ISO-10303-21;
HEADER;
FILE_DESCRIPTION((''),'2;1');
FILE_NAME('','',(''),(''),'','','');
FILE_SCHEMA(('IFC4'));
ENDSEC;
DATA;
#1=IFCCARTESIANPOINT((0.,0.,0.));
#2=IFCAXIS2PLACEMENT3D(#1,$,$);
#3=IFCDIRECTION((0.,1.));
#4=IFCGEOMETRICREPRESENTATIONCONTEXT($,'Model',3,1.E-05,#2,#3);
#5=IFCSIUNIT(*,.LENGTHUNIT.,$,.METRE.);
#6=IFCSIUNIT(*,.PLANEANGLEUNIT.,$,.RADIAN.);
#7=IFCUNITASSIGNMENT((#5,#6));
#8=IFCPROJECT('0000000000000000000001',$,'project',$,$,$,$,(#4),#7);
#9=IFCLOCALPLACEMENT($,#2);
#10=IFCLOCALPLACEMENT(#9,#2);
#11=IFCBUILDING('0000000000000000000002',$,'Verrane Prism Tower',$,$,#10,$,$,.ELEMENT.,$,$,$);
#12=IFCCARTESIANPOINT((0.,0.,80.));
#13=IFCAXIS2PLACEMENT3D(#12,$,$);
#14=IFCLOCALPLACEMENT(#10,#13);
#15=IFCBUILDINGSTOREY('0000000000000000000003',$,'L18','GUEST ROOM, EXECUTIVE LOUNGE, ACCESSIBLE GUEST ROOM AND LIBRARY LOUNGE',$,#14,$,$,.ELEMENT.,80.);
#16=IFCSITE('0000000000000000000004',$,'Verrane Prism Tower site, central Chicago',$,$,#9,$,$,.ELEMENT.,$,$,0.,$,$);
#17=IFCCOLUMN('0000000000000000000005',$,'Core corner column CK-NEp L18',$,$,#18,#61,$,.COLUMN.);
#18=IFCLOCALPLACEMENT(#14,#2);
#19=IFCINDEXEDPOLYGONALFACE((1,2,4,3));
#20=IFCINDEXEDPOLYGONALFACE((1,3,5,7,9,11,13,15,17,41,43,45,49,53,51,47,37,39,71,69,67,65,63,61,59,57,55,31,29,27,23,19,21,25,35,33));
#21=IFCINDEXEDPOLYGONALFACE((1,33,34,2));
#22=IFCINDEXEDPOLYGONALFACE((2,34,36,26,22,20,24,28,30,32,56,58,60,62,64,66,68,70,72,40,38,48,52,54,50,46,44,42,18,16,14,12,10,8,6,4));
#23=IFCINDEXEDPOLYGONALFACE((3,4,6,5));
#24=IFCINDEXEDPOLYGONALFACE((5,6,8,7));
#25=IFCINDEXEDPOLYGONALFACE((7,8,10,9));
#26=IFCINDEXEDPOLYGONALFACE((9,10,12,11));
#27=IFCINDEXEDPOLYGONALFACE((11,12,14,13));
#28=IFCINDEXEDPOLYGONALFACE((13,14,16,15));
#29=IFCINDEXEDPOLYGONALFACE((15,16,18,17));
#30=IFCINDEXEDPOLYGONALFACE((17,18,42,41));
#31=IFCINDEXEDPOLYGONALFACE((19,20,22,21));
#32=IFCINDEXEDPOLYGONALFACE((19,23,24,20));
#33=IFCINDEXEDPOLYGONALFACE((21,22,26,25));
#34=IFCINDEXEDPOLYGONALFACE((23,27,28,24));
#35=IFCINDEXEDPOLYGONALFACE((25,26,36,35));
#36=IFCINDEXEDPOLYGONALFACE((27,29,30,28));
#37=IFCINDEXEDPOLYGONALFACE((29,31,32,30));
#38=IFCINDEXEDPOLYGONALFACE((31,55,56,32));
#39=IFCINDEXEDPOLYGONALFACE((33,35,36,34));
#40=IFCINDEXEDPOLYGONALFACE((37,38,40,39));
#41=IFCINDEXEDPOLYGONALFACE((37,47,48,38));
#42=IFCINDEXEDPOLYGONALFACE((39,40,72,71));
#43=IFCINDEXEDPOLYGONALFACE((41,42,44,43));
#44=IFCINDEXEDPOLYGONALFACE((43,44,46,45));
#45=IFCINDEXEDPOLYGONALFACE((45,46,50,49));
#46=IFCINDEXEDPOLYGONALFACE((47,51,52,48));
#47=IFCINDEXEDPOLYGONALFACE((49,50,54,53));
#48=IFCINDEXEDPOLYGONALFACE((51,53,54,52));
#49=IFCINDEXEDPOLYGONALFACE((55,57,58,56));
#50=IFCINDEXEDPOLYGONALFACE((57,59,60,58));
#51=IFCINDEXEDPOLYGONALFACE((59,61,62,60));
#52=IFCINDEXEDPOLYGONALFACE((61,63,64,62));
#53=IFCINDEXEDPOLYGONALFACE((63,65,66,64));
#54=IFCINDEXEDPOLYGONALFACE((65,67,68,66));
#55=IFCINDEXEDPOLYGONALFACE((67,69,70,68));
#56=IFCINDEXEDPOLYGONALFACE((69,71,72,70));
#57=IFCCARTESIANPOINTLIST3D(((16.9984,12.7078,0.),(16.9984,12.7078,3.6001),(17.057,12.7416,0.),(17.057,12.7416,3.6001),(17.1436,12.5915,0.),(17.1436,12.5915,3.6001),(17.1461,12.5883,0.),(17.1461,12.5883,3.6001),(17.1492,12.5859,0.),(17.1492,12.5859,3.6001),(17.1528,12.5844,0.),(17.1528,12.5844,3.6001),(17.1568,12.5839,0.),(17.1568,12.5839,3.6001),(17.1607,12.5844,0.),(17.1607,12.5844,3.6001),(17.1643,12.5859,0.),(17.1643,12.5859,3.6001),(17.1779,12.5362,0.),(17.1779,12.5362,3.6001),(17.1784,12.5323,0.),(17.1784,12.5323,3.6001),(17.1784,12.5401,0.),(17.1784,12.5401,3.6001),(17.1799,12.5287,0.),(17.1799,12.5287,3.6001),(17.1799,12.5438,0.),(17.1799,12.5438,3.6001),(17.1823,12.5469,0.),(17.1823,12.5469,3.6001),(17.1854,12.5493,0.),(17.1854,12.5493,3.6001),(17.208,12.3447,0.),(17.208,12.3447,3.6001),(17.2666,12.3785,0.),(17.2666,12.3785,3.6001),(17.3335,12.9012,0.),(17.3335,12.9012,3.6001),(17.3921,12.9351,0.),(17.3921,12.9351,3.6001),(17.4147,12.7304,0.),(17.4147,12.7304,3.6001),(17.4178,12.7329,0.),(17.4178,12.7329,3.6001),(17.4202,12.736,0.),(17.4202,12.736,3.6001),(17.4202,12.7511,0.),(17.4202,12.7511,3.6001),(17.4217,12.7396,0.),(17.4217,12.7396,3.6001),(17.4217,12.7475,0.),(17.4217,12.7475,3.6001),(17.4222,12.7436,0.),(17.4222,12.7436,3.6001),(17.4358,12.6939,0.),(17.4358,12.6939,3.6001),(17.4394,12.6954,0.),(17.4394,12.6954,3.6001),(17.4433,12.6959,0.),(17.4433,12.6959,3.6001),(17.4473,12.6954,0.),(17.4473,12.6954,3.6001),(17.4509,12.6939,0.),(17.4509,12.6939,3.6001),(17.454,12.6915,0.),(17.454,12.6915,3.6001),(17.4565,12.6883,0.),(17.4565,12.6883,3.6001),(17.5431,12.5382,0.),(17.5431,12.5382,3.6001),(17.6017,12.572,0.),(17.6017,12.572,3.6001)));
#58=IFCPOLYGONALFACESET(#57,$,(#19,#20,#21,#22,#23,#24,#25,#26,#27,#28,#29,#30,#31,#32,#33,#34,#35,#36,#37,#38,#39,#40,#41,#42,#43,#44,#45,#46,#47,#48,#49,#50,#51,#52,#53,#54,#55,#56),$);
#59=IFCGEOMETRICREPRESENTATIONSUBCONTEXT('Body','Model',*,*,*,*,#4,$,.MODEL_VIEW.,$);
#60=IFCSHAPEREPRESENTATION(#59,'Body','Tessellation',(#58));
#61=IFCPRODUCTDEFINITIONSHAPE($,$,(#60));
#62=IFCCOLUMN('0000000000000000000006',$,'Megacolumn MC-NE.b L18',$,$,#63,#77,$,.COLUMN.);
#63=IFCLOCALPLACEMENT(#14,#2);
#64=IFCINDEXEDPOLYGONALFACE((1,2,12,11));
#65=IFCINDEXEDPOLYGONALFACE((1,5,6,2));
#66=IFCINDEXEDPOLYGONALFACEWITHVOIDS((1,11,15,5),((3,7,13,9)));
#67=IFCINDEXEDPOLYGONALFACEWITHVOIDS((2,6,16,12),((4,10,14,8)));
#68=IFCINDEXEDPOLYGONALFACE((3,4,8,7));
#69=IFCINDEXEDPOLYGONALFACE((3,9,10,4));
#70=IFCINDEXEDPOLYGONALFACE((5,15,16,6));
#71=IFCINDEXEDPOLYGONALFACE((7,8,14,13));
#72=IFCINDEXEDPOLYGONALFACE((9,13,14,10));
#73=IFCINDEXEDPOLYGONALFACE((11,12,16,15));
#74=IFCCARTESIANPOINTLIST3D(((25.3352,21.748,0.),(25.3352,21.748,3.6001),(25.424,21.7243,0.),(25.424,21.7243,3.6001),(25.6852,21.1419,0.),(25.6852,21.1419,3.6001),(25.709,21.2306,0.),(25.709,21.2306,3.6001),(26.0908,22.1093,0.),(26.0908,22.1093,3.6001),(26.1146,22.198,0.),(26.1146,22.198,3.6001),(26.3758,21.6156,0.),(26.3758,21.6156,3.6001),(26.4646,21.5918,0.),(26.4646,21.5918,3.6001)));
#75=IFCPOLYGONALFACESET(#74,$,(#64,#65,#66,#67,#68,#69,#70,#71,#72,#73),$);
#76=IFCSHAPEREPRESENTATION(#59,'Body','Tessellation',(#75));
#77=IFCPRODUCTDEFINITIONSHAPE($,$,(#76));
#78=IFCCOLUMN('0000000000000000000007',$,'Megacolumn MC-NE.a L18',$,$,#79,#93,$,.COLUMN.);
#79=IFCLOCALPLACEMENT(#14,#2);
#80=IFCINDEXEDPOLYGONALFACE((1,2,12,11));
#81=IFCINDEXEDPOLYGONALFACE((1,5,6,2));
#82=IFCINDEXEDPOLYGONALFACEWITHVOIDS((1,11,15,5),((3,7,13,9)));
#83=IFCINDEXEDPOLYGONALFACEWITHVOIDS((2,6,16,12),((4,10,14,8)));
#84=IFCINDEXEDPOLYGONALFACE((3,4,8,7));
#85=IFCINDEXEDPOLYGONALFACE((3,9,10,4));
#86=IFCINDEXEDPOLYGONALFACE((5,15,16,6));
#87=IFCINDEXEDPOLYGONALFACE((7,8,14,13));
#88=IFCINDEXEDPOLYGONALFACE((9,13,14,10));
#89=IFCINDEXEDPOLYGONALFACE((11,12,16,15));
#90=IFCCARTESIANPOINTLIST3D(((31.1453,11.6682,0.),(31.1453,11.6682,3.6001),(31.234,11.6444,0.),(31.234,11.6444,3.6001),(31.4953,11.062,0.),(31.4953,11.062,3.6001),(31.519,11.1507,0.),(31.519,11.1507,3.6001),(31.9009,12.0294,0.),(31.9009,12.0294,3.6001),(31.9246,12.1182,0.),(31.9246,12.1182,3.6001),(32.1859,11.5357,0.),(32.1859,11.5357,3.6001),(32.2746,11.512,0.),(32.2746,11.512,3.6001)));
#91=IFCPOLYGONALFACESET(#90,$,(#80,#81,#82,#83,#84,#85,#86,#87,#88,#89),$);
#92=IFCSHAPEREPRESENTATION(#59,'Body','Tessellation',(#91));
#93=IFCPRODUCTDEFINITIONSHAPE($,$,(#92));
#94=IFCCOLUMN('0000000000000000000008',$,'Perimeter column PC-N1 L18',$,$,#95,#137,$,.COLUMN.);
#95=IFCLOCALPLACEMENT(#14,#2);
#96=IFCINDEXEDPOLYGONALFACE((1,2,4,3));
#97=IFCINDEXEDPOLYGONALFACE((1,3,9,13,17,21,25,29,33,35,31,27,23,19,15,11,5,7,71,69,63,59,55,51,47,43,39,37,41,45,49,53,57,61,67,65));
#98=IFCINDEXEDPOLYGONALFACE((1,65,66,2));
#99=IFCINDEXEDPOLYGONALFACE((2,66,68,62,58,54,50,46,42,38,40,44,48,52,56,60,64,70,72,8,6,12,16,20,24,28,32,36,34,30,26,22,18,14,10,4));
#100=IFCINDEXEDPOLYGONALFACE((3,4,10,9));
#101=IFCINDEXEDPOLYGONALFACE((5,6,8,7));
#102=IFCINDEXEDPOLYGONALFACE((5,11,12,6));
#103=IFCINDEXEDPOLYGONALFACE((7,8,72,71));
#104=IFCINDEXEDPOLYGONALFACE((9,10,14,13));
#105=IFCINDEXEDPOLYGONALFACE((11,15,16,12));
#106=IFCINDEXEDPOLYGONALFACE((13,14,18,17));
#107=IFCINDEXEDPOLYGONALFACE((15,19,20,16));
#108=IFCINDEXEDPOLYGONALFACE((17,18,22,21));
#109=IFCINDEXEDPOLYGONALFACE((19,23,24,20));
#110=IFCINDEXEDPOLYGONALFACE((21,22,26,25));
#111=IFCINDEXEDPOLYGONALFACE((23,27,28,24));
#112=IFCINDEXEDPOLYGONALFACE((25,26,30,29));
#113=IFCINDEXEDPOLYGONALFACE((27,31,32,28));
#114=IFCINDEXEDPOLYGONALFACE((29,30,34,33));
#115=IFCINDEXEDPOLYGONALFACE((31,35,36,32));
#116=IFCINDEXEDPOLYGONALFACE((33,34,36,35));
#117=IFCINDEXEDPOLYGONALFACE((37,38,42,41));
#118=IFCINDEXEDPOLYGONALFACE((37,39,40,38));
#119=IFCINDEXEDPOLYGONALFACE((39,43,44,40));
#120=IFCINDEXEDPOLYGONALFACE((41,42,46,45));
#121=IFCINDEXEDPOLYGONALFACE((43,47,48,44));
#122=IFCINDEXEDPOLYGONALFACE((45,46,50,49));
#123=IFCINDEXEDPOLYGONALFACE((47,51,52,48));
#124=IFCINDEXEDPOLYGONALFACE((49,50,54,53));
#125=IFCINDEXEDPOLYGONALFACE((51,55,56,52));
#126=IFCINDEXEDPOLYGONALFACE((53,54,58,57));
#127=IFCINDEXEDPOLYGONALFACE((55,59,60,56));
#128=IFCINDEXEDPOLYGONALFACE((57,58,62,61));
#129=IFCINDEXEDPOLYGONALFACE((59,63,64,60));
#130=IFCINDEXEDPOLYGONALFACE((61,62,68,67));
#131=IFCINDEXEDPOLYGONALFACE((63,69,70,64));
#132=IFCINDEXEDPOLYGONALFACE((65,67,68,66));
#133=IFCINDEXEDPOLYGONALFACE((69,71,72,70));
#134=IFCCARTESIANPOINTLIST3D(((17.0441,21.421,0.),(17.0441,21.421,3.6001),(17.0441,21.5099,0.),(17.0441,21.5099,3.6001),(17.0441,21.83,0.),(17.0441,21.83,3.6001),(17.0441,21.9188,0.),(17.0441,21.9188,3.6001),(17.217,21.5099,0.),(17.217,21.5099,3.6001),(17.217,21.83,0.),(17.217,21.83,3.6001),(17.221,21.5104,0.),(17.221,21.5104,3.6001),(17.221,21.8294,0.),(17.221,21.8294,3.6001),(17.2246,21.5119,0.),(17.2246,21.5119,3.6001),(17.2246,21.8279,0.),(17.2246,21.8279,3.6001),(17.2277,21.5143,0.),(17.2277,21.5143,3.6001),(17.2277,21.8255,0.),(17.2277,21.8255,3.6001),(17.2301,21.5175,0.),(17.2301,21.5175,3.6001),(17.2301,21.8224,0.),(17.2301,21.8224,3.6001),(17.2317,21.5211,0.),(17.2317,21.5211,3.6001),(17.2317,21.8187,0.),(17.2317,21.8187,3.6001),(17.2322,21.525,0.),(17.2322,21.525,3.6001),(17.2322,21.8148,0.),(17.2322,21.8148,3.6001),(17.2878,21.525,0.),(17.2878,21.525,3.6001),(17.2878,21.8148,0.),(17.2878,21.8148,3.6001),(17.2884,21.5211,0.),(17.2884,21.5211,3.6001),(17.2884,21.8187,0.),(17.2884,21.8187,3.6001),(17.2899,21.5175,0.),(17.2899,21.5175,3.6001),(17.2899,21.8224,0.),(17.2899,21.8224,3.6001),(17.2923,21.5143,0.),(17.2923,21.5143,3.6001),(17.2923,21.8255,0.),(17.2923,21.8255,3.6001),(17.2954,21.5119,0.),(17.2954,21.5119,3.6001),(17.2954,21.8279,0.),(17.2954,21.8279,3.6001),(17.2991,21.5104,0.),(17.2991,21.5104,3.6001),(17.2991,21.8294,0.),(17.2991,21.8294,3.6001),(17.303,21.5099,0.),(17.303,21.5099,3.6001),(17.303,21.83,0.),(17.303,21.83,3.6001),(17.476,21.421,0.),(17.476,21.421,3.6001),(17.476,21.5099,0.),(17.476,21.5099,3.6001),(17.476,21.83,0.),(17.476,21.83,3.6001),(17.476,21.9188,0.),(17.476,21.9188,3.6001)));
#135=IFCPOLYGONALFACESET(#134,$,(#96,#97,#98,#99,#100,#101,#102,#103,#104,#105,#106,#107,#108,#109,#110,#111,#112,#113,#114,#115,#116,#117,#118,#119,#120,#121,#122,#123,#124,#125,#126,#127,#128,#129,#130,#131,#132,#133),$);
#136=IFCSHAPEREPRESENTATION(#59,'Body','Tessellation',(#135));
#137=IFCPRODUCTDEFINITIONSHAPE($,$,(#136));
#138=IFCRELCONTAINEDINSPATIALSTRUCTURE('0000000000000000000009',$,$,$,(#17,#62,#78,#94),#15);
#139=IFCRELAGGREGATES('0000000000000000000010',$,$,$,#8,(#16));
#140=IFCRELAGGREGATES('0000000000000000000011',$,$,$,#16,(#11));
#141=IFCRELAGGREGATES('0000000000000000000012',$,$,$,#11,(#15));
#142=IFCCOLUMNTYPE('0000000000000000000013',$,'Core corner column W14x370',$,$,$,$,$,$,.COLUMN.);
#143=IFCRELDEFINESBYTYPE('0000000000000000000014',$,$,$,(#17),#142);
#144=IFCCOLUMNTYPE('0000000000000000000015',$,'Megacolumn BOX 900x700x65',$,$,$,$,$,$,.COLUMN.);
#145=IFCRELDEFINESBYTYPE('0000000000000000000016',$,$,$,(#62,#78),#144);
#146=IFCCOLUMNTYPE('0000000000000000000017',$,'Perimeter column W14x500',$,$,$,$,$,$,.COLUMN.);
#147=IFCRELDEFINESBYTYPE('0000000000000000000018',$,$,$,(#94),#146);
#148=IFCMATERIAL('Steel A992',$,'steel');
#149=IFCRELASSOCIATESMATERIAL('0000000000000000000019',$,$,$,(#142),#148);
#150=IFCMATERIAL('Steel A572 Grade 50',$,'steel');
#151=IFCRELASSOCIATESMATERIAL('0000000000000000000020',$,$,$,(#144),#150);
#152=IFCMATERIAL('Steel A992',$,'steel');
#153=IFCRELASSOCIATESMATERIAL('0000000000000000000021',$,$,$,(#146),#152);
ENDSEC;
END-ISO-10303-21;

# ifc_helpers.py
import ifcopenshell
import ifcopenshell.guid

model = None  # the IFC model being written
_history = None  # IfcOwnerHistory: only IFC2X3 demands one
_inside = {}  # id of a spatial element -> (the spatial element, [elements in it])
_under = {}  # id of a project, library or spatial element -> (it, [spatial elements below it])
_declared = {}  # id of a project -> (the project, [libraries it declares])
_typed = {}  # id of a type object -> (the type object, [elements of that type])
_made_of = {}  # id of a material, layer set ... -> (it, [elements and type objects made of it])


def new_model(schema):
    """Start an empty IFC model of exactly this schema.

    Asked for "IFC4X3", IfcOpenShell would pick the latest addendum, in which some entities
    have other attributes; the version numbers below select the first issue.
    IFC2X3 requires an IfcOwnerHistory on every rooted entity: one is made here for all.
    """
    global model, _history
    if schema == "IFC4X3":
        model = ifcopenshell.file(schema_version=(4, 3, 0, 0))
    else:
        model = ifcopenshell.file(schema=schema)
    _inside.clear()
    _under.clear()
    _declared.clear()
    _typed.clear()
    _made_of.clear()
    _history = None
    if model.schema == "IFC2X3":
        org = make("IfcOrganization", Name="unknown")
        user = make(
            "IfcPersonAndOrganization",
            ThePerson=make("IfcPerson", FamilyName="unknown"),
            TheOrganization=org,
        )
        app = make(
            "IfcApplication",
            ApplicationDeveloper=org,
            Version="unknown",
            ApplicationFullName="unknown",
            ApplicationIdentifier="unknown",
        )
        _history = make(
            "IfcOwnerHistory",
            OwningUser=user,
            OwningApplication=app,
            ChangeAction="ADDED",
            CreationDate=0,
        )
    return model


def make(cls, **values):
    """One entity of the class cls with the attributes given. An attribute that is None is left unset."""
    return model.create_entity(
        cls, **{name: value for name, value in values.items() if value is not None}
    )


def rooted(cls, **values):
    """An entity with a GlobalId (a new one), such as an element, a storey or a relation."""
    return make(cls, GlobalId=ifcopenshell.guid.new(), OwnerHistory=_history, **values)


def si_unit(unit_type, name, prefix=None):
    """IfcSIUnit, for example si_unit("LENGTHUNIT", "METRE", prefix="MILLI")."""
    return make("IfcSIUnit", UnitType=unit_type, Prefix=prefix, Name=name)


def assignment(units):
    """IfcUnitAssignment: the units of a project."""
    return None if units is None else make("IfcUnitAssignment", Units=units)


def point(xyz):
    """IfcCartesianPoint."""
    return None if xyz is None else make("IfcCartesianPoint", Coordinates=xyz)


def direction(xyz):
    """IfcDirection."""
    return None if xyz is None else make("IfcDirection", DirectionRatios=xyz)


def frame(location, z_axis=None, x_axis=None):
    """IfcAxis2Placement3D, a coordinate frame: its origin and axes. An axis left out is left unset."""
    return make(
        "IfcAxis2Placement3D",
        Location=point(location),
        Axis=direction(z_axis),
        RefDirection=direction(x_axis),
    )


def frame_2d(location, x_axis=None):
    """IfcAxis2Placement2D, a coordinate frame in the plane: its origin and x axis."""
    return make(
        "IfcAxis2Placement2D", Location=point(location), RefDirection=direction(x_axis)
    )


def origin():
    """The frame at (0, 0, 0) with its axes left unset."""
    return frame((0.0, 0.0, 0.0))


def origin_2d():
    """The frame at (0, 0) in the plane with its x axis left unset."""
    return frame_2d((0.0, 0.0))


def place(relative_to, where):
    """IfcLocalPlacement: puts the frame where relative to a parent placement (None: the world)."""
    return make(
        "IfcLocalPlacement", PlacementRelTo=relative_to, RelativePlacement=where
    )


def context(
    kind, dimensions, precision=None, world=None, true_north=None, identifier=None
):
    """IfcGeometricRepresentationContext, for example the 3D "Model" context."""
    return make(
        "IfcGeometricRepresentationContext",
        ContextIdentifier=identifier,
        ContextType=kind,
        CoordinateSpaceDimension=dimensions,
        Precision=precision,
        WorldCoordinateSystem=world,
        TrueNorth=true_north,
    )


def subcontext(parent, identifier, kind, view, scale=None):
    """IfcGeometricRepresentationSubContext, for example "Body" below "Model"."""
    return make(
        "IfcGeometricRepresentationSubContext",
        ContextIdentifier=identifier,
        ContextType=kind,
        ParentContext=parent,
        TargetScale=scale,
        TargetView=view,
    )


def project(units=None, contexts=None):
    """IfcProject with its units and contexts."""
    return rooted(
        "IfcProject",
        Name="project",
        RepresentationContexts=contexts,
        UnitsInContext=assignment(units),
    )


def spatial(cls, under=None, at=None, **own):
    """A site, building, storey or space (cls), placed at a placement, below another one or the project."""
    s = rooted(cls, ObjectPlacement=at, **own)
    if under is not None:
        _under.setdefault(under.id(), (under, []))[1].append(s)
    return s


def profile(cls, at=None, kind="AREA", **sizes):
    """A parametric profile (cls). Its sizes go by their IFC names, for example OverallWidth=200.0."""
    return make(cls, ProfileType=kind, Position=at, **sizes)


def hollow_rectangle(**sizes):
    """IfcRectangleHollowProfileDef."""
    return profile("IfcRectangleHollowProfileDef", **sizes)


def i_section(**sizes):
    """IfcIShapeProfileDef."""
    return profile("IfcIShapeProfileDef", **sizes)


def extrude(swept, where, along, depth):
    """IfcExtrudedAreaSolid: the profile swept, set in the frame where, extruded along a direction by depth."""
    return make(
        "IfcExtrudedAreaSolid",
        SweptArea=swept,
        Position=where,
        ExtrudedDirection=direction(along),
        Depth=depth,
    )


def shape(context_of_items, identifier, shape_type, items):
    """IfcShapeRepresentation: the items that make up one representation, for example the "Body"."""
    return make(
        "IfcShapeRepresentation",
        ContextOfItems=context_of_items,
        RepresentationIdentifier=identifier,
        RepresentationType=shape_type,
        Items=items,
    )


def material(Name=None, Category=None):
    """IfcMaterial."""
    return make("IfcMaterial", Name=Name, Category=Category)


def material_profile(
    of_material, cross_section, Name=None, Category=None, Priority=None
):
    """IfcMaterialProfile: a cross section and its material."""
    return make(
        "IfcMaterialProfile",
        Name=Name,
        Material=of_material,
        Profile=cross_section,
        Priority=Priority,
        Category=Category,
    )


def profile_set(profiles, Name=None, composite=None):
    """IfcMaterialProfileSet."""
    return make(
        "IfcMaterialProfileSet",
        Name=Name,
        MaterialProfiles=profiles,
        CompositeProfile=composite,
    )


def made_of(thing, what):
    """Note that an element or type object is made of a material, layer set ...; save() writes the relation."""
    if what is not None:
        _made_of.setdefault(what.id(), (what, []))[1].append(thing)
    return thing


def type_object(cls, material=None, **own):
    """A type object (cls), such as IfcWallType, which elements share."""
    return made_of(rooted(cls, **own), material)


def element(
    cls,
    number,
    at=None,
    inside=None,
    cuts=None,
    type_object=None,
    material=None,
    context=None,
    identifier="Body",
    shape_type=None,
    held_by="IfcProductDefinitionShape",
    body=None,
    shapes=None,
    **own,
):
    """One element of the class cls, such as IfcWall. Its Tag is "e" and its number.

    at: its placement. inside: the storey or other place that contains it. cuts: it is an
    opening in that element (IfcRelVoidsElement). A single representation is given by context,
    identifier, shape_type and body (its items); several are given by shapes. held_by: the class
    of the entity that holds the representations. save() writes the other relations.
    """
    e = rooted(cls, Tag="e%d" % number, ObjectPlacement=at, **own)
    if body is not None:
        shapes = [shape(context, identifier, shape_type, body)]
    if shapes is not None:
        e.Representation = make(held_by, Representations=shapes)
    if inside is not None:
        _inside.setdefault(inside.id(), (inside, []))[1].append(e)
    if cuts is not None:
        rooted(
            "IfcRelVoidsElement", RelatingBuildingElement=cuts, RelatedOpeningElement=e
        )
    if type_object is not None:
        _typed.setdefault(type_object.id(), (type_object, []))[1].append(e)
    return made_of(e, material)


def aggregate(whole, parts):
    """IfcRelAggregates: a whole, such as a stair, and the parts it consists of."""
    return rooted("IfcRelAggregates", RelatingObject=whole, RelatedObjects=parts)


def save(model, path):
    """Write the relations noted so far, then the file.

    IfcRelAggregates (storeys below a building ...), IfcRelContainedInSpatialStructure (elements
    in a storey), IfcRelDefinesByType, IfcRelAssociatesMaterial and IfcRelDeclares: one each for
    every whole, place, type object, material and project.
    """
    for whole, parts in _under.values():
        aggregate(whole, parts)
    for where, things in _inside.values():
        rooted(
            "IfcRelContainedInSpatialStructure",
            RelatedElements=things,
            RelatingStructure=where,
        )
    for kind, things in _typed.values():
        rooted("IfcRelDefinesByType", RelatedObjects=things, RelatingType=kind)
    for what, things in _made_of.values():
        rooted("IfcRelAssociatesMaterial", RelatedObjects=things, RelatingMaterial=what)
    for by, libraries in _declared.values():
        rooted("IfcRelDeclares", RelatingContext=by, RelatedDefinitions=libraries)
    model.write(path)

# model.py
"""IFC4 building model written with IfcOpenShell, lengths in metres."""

from ifc_helpers import new_model, si_unit, direction, frame, origin, origin_2d, place, context, subcontext, project, spatial, hollow_rectangle, i_section, extrude, material, material_profile, profile_set, type_object, element, save


model = new_model("IFC4")

# Units and contexts
model_context = context("Model", 3, precision=1e-05, world=origin(), true_north=direction((0.0, 1.0)))
body_context = subcontext(model_context, "Body", "Model", "MODEL_VIEW")
ifc_project = project(units=[si_unit("LENGTHUNIT", "METRE"), si_unit("PLANEANGLEUNIT", "RADIAN")], contexts=[model_context])

# Site, building, storey
site_placement = place(None, origin())
site = spatial("IfcSite", under=ifc_project, at=site_placement, Name="Verrane Prism Tower site, central Chicago", CompositionType="ELEMENT", RefElevation=0.0)
building_placement = place(site_placement, origin())
building = spatial("IfcBuilding", under=site, at=building_placement, Name="Verrane Prism Tower", CompositionType="ELEMENT")
storey_placement = place(building_placement, frame((0.0, 0.0, 80.0)))
storey = spatial("IfcBuildingStorey", under=building, at=storey_placement, Name="L18", Description="GUEST ROOM, EXECUTIVE LOUNGE, ACCESSIBLE GUEST ROOM AND LIBRARY LOUNGE", CompositionType="ELEMENT", Elevation=80.0)

# Columns
ifc_material_1 = material(Name="Steel A992", Category="steel")
ifc_material_profile_1 = material_profile(ifc_material_1, i_section(OverallWidth=0.4192, OverallDepth=0.4546, WebThickness=0.0422, FlangeThickness=0.0676, FilletRadius=0.0151, at=origin_2d()), Name="W14x370")
ifc_profile_set_1 = profile_set([ifc_material_profile_1], Name="Steel A992")
column_type_1 = type_object("IfcColumnType", Name="Core corner column W14x370", PredefinedType="COLUMN", material=ifc_profile_set_1)
column_1_placement = place(storey_placement, frame((17.3, 12.6399, 0.0), z_axis=(0.0, 0.0, 1.0), x_axis=(0.5, -0.866025, 0.0)))
element("IfcColumn", 1, at=column_1_placement, inside=storey, type_object=column_type_1, Name="Core corner column CK-NEp L18", PredefinedType="COLUMN", context=body_context, shape_type="SweptSolid", body=[
    extrude(i_section(OverallWidth=0.4192, OverallDepth=0.4546, WebThickness=0.0422, FlangeThickness=0.0676, FilletRadius=0.0151, at=origin_2d()), origin(), (0.0, 0.0, 1.0), 3.6001),
])
ifc_material_2 = material(Name="Steel A572 Grade 50", Category="steel")
ifc_material_profile_2 = material_profile(ifc_material_2, hollow_rectangle(XDim=0.7, YDim=0.8999, WallThickness=0.0649, at=origin_2d()), Name="BOX 900x700x65")
ifc_profile_set_2 = profile_set([ifc_material_profile_2], Name="Steel A572 Grade 50")
column_type_2 = type_object("IfcColumnType", Name="Megacolumn BOX 900x700x65", PredefinedType="COLUMN", material=ifc_profile_set_2)
for number, where, z_axis, x_axis, name in (
    (2, (25.8999, 21.6699, 0.0), (0.0, 0.0, 1.0), (0.5, -0.866025, 0.0), "Megacolumn MC-NE.b L18"),
    (3, (31.71, 11.5901, 0.0), (0.0, 0.0, 1.0), (0.5, -0.866025, 0.0), "Megacolumn MC-NE.a L18"),
):
    element("IfcColumn", number, at=place(storey_placement, frame(where, z_axis=z_axis, x_axis=x_axis)), inside=storey, type_object=column_type_2, Name=name, PredefinedType="COLUMN", context=body_context, shape_type="SweptSolid", body=[
        extrude(hollow_rectangle(XDim=0.7, YDim=0.8999, WallThickness=0.0649, at=origin_2d()), origin(), (0.0, 0.0, 1.0), 3.6001),
    ])
ifc_material_3 = material(Name="Steel A992", Category="steel")
ifc_material_profile_3 = material_profile(ifc_material_3, i_section(OverallWidth=0.4319, OverallDepth=0.4978, WebThickness=0.0557, FlangeThickness=0.0889, FilletRadius=0.0151, at=origin_2d()), Name="W14x500")
ifc_profile_set_3 = profile_set([ifc_material_profile_3], Name="Steel A992")
column_type_3 = type_object("IfcColumnType", Name="Perimeter column W14x500", PredefinedType="COLUMN", material=ifc_profile_set_3)
column_2_placement = place(storey_placement, frame((17.26, 21.6699, 0.0), z_axis=(0.0, 0.0, 1.0), x_axis=(1.0, 0.0, 0.0)))
element("IfcColumn", 4, at=column_2_placement, inside=storey, type_object=column_type_3, Name="Perimeter column PC-N1 L18", PredefinedType="COLUMN", context=body_context, shape_type="SweptSolid", body=[
    extrude(i_section(OverallWidth=0.4319, OverallDepth=0.4978, WebThickness=0.0557, FlangeThickness=0.0889, FilletRadius=0.0151, at=origin_2d()), origin(), (0.0, 0.0, 1.0), 3.6001),
])

save(model, "model.ifc")
